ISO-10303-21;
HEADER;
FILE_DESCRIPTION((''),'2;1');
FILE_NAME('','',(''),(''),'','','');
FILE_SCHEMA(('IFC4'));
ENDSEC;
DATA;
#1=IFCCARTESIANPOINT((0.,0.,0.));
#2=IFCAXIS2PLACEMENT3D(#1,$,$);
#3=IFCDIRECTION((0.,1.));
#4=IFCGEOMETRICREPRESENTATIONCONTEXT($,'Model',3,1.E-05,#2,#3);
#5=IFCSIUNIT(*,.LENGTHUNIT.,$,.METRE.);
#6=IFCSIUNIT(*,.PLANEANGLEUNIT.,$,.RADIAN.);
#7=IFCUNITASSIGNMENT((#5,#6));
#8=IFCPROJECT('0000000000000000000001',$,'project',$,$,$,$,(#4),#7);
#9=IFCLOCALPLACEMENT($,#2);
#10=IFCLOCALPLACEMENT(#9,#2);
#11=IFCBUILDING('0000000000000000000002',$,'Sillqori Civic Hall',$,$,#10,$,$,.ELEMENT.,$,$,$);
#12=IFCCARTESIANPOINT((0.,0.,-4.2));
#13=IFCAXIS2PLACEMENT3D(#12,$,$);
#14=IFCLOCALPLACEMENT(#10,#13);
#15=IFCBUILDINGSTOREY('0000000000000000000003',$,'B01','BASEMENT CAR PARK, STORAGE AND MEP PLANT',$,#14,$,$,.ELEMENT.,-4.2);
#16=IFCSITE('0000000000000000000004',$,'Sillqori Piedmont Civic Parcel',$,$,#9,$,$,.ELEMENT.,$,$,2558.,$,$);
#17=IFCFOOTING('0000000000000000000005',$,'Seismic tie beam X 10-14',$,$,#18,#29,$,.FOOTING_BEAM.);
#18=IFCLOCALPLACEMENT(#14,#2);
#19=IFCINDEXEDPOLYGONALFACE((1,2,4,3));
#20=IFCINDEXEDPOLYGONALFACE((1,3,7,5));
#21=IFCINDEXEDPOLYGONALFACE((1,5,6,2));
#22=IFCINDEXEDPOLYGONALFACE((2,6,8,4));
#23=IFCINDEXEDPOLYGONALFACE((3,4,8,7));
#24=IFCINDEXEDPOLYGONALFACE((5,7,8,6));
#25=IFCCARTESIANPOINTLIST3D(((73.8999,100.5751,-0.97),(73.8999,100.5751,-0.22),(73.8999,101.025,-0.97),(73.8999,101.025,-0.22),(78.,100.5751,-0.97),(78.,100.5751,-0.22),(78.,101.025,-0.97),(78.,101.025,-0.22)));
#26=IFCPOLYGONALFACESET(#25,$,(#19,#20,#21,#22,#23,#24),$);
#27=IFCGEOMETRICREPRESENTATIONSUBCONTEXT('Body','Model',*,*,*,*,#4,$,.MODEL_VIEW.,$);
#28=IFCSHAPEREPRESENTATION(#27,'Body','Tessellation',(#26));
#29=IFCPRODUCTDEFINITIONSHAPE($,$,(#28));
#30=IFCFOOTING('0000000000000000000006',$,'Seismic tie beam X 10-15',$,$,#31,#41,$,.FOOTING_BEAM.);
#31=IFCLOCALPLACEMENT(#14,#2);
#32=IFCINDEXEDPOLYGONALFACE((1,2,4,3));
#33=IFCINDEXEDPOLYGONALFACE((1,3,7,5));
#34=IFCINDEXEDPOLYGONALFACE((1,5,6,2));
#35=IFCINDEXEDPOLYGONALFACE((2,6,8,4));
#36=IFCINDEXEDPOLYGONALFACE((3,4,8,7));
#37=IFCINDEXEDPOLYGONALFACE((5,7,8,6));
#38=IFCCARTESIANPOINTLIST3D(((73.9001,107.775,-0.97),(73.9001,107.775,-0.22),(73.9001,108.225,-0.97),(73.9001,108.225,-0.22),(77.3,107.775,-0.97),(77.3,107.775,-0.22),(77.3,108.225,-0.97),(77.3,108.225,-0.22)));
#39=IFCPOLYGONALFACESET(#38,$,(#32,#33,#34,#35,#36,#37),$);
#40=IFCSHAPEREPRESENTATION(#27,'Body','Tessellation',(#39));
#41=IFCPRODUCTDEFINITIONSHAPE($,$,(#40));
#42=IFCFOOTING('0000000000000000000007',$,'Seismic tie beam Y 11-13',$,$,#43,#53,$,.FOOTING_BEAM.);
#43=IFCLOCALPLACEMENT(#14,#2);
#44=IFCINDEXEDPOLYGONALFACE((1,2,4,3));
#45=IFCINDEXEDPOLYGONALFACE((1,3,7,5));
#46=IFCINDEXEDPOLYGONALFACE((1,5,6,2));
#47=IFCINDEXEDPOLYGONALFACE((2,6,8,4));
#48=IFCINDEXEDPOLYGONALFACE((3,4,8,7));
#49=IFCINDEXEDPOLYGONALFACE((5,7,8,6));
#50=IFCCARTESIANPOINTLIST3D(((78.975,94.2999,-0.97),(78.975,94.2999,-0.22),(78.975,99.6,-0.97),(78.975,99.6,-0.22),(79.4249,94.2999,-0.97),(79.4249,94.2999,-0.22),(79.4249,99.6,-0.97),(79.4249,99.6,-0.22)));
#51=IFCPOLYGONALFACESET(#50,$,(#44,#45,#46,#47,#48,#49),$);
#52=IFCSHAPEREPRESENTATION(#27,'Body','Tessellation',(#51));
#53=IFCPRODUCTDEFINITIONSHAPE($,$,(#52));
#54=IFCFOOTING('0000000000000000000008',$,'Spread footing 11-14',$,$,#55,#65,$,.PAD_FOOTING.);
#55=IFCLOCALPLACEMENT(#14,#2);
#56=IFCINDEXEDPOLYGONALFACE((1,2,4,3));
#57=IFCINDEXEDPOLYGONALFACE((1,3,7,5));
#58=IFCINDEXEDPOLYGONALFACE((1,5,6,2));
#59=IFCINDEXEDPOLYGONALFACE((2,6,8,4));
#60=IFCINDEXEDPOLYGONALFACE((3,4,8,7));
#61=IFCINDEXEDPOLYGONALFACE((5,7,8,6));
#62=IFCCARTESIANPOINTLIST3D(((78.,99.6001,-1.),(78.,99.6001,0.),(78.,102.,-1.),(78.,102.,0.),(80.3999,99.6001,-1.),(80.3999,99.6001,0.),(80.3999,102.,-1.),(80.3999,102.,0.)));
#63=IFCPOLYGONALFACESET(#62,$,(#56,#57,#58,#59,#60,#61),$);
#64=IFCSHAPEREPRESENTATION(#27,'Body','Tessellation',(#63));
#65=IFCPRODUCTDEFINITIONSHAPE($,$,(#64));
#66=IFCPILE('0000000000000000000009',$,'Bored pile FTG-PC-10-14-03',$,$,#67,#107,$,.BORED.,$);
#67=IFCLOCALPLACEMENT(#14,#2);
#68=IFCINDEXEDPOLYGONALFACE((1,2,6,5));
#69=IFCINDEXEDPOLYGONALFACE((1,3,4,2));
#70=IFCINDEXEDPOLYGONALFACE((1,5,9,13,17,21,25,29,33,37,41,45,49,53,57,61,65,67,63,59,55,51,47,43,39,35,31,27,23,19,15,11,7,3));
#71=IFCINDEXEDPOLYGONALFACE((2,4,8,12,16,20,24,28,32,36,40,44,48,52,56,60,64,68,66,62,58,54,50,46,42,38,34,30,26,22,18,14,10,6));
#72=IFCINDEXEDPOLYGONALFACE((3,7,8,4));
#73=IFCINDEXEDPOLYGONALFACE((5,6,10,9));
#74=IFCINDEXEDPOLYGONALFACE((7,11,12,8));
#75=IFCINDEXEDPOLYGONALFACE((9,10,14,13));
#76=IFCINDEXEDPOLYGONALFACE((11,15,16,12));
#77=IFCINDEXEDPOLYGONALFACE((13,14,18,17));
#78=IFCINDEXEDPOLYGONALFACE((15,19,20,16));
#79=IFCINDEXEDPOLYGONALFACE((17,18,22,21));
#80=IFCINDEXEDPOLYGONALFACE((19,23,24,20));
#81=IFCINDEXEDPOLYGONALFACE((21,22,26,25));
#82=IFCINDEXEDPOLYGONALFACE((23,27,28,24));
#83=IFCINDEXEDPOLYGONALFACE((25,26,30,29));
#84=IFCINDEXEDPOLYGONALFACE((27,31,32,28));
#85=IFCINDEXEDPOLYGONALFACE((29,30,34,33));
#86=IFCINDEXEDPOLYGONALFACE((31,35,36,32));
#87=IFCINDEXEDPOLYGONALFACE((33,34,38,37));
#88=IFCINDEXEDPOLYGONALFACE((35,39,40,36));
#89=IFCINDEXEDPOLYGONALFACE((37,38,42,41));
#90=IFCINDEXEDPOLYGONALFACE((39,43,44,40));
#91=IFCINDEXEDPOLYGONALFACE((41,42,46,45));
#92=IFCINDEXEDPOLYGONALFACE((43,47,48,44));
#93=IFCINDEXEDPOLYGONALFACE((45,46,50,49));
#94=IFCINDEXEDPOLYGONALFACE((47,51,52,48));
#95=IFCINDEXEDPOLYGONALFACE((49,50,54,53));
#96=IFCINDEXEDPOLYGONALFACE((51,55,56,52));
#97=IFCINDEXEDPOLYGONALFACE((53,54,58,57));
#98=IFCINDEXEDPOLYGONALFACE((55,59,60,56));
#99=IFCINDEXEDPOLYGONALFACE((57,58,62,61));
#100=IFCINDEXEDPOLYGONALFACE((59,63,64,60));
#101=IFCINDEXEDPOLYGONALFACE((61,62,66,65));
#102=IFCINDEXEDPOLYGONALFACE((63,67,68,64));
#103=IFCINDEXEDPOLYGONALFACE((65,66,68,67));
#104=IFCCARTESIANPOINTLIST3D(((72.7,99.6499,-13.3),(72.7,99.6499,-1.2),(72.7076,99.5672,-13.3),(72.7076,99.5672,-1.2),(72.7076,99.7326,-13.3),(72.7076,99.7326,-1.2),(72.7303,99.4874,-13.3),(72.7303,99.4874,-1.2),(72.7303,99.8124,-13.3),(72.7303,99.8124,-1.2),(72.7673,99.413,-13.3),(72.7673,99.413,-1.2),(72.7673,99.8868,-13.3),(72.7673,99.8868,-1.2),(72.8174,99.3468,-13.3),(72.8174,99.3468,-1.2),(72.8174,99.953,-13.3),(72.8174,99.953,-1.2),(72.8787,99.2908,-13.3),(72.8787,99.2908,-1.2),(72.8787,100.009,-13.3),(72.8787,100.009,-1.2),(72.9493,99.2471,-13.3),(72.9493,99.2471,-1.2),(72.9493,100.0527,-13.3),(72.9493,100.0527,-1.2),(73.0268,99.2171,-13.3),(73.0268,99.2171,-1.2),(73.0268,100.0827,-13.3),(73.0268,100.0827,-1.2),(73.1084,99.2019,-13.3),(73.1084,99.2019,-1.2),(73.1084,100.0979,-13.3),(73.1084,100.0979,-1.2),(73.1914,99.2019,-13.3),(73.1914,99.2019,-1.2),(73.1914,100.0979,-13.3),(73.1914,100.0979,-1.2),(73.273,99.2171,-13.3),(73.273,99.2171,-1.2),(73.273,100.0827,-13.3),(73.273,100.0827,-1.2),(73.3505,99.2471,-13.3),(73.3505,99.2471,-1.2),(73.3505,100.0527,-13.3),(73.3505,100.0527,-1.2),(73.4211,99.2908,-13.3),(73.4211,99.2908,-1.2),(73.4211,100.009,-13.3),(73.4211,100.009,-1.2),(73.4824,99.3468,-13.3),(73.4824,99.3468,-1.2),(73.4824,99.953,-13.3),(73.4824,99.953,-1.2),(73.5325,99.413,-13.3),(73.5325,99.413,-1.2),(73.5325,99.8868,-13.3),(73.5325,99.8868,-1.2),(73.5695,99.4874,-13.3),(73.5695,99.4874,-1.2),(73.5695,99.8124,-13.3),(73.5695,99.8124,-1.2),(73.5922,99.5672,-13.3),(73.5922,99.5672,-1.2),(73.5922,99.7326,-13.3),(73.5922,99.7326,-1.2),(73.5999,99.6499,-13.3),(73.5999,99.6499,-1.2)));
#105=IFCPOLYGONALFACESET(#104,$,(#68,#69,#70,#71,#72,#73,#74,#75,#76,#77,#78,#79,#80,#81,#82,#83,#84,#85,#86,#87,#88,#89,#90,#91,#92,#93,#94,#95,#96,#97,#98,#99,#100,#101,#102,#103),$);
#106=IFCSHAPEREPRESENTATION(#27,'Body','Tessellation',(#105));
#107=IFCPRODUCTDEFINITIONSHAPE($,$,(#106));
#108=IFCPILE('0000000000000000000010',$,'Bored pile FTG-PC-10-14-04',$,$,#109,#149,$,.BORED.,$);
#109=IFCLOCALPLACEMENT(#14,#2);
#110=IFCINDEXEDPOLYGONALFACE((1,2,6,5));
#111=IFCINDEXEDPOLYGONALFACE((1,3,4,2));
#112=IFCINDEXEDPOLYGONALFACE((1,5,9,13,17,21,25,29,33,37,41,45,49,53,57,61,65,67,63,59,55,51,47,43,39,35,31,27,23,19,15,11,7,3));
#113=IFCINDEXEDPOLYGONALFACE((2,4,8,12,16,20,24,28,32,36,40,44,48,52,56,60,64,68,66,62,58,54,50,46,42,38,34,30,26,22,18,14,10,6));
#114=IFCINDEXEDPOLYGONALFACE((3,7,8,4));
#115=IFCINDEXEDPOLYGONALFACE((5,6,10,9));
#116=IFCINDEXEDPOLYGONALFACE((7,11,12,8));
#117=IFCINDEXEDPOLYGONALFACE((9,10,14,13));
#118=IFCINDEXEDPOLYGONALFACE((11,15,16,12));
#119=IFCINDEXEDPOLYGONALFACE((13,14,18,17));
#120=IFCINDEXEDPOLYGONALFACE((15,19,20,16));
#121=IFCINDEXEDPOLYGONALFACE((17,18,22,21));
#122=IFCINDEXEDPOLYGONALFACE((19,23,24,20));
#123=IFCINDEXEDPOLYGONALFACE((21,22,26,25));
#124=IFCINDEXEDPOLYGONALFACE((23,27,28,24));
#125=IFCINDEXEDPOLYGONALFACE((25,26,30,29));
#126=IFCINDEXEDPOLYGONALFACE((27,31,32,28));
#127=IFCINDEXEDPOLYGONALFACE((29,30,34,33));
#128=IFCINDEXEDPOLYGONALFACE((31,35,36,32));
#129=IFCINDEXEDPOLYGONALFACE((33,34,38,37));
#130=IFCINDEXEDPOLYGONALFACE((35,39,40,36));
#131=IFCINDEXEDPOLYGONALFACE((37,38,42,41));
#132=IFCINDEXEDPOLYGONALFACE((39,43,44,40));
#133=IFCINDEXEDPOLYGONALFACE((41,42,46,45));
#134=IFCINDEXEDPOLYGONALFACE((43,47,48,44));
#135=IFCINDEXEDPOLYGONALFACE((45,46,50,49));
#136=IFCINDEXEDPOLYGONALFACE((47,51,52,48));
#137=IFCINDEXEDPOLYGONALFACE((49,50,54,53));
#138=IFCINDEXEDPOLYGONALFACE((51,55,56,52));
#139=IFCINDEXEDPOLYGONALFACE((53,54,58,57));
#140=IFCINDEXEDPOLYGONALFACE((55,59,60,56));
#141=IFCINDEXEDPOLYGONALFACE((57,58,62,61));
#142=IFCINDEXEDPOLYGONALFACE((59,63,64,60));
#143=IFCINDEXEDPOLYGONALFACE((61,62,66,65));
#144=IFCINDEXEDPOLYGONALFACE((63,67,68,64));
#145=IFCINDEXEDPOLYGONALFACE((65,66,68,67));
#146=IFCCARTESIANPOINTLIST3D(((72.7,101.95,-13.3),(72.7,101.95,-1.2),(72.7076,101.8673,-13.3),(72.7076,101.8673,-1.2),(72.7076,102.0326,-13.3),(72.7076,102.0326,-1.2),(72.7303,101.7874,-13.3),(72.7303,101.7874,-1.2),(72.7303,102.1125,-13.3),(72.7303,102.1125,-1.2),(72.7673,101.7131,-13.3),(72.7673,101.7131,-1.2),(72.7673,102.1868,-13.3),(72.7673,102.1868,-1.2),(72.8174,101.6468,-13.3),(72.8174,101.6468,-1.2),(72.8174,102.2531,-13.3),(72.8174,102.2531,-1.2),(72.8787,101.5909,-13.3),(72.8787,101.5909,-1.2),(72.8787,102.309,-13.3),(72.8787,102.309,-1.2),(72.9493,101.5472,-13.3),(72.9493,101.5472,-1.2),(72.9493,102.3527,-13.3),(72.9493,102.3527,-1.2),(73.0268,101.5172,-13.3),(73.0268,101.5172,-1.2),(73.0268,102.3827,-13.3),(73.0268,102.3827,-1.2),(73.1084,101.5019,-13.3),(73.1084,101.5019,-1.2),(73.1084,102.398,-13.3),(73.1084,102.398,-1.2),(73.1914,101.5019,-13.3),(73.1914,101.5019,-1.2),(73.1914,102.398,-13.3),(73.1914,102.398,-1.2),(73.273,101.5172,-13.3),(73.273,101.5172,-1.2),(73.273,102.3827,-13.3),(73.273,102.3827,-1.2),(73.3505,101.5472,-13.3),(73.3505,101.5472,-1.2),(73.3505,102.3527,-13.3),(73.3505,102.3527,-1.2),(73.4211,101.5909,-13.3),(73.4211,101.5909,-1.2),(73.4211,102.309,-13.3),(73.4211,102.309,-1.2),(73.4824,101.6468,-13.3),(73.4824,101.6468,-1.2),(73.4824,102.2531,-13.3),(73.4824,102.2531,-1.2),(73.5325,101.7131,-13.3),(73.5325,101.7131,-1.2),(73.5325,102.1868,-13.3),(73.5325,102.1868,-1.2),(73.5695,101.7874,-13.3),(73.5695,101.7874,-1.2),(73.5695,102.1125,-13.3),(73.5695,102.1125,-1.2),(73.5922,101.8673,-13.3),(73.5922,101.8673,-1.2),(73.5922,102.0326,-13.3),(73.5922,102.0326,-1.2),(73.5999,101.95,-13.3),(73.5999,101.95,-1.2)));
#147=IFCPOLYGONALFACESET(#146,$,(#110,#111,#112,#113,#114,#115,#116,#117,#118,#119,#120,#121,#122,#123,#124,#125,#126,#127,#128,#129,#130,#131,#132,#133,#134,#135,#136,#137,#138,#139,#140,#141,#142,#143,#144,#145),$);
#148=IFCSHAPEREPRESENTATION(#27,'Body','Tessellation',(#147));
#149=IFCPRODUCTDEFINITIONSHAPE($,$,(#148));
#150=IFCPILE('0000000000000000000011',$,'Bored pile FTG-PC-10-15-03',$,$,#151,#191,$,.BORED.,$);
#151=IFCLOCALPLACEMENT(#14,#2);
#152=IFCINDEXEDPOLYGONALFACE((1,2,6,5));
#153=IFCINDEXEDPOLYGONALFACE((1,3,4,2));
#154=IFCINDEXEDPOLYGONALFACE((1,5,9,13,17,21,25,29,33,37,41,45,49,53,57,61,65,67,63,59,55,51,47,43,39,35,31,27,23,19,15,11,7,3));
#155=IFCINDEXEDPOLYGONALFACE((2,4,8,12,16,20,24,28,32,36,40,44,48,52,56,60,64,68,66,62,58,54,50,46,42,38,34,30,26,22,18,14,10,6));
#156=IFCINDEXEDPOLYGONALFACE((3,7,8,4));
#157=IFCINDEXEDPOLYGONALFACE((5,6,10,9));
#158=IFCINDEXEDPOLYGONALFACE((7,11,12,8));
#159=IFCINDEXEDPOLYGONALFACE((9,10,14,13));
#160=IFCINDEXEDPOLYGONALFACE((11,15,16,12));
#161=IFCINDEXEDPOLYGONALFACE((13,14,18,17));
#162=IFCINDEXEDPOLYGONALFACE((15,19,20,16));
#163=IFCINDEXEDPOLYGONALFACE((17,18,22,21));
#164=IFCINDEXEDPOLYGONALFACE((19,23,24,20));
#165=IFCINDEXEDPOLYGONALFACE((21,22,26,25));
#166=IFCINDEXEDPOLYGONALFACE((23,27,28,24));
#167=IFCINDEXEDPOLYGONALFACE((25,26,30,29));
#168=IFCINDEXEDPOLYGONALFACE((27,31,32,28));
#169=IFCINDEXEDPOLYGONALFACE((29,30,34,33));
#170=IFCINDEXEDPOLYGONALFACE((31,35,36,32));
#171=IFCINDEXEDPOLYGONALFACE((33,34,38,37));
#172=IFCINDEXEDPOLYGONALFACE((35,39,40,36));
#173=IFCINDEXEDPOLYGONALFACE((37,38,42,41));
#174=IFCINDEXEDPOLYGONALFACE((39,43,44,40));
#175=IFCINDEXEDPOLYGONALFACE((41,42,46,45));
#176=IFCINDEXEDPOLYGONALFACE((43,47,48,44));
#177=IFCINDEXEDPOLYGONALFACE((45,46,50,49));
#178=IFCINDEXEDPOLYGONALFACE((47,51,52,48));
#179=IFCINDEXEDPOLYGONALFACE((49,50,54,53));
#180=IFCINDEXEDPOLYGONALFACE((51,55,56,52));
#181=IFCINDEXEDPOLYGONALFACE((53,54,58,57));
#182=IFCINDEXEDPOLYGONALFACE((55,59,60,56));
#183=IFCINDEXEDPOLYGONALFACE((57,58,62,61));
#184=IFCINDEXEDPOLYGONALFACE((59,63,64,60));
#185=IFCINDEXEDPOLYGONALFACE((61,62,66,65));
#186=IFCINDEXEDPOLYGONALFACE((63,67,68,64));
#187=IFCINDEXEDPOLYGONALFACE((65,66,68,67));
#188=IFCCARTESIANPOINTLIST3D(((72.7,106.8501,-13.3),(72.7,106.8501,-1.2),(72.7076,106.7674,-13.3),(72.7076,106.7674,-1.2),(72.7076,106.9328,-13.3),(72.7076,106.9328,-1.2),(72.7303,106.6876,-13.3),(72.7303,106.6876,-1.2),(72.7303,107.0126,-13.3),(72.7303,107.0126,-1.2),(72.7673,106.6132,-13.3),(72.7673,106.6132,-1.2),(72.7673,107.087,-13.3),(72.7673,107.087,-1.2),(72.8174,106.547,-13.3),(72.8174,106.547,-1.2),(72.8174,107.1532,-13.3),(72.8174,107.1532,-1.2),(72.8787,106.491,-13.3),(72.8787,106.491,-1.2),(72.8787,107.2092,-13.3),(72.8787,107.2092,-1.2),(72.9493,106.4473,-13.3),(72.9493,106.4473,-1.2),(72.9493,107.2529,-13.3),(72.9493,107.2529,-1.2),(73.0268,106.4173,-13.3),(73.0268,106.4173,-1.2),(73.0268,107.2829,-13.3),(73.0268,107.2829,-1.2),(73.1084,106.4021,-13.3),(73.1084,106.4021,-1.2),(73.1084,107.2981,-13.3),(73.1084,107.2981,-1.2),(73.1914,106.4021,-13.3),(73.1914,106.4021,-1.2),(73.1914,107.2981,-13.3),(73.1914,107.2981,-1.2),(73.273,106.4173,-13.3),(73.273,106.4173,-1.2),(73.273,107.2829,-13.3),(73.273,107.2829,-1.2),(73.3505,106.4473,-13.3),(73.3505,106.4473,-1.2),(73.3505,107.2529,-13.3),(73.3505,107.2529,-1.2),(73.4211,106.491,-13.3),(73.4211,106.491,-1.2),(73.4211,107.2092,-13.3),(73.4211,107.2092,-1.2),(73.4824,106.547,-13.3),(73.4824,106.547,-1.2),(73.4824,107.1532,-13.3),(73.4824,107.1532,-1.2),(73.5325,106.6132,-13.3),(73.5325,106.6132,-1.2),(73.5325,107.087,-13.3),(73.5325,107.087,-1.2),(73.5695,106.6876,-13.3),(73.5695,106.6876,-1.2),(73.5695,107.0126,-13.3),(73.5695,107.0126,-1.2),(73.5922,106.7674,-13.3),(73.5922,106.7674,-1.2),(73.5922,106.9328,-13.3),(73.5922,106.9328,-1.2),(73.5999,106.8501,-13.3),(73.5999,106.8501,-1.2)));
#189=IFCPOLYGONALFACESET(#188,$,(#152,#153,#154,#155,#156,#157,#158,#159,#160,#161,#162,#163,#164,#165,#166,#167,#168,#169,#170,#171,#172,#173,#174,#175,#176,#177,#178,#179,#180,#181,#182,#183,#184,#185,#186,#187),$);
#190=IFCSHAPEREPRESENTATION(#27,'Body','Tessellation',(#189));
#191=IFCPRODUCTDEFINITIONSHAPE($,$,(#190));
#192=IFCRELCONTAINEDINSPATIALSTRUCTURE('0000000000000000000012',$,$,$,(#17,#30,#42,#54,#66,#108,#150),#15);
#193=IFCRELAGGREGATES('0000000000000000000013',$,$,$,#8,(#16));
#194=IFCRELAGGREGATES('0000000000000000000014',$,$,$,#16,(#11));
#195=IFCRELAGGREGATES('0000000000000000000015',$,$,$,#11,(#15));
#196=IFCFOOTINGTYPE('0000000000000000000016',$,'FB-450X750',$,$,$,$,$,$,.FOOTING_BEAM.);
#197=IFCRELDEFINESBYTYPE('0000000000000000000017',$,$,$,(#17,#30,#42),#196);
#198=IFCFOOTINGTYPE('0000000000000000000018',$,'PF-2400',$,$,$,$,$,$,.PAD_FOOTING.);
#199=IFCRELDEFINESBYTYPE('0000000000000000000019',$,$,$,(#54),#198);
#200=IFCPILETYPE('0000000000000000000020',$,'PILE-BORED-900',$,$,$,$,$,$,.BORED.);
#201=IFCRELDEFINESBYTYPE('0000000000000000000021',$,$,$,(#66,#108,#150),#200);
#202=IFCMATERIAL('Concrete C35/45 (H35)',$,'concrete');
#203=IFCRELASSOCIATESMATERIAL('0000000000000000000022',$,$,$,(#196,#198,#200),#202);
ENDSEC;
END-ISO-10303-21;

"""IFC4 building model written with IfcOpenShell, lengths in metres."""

from ifc_helpers import new_model, si_unit, direction, frame, origin, origin_2d, place, context, subcontext, project, spatial, rectangle, circle, extrude, material, material_profile, profile_set, type_object, element, save


model = new_model("IFC4")

# Units and contexts
model_context = context("Model", 3, precision=1e-05, world=origin(), true_north=direction((0.0, 1.0)))
body_context = subcontext(model_context, "Body", "Model", "MODEL_VIEW")
ifc_project = project(units=[si_unit("LENGTHUNIT", "METRE"), si_unit("PLANEANGLEUNIT", "RADIAN")], contexts=[model_context])

# Site, building, storey
site_placement = place(None, origin())
site = spatial("IfcSite", under=ifc_project, at=site_placement, Name="Sillqori Piedmont Civic Parcel", CompositionType="ELEMENT", RefElevation=2558.0)
building_placement = place(site_placement, origin())
building = spatial("IfcBuilding", under=site, at=building_placement, Name="Sillqori Civic Hall", CompositionType="ELEMENT")
storey_placement = place(building_placement, frame((0.0, 0.0, -4.2)))
storey = spatial("IfcBuildingStorey", under=building, at=storey_placement, Name="B01", Description="BASEMENT CAR PARK, STORAGE AND MEP PLANT", CompositionType="ELEMENT", Elevation=-4.2)

# Footings
ifc_material_1 = material(Name="Concrete C35/45 (H35)", Category="concrete")
footing_type_1 = type_object("IfcFootingType", Name="FB-450X750", PredefinedType="FOOTING_BEAM", material=ifc_material_1)
footing_1_placement = place(storey_placement, frame((75.95, 100.8, -0.97), z_axis=(0.0, 0.0, 1.0), x_axis=(1.0, 0.0, 0.0)))
element("IfcFooting", 1, at=footing_1_placement, inside=storey, type_object=footing_type_1, Name="Seismic tie beam X 10-14", PredefinedType="FOOTING_BEAM", context=body_context, shape_type="SweptSolid", body=[
    extrude(rectangle(XDim=4.1001, YDim=0.45, at=origin_2d()), origin(), (0.0, 0.0, 1.0), 0.75),
])
footing_2_placement = place(storey_placement, frame((75.6001, 108.0, -0.97), z_axis=(0.0, 0.0, 1.0), x_axis=(1.0, 0.0, 0.0)))
element("IfcFooting", 2, at=footing_2_placement, inside=storey, type_object=footing_type_1, Name="Seismic tie beam X 10-15", PredefinedType="FOOTING_BEAM", context=body_context, shape_type="SweptSolid", body=[
    extrude(rectangle(XDim=3.3999, YDim=0.45, at=origin_2d()), origin(), (0.0, 0.0, 1.0), 0.75),
])
footing_3_placement = place(storey_placement, frame((79.2, 96.95, -0.97), z_axis=(0.0, 0.0, 1.0), x_axis=(1.0, 0.0, 0.0)))
element("IfcFooting", 3, at=footing_3_placement, inside=storey, type_object=footing_type_1, Name="Seismic tie beam Y 11-13", PredefinedType="FOOTING_BEAM", context=body_context, shape_type="SweptSolid", body=[
    extrude(rectangle(XDim=0.45, YDim=5.3, at=origin_2d()), origin(), (0.0, 0.0, 1.0), 0.75),
])
footing_type_2 = type_object("IfcFootingType", Name="PF-2400", PredefinedType="PAD_FOOTING", material=ifc_material_1)
footing_4_placement = place(storey_placement, frame((79.2, 100.8, -1.0), z_axis=(0.0, 0.0, 1.0), x_axis=(1.0, 0.0, 0.0)))
element("IfcFooting", 4, at=footing_4_placement, inside=storey, type_object=footing_type_2, Name="Spread footing 11-14", PredefinedType="PAD_FOOTING", context=body_context, shape_type="SweptSolid", body=[
    extrude(rectangle(XDim=2.3999, YDim=2.3999, at=origin_2d()), origin(), (0.0, 0.0, 1.0), 1.0),
])

# Piles
ifc_material_profile_1 = material_profile(ifc_material_1, circle(Radius=0.45, at=origin_2d()), Name="BORED PILE 900")
ifc_profile_set_1 = profile_set([ifc_material_profile_1], Name="Concrete C35/45 (H35)")
pile_type = type_object("IfcPileType", Name="PILE-BORED-900", PredefinedType="BORED", material=ifc_profile_set_1)
for number, where, z_axis, x_axis, name in (
    (5, (73.1499, 99.6499, -1.2), (0.0, 0.0, -1.0), (1.0, 0.0, 0.0), "Bored pile FTG-PC-10-14-03"),
    (6, (73.1499, 101.95, -1.2), (0.0, 0.0, -1.0), (1.0, 0.0, 0.0), "Bored pile FTG-PC-10-14-04"),
    (7, (73.1499, 106.8501, -1.2), (0.0, 0.0, -1.0), (1.0, 0.0, 0.0), "Bored pile FTG-PC-10-15-03"),
):
    element("IfcPile", number, at=place(storey_placement, frame(where, z_axis=z_axis, x_axis=x_axis)), inside=storey, type_object=pile_type, Name=name, PredefinedType="BORED", context=body_context, shape_type="SweptSolid", body=[
        extrude(circle(Radius=0.45, at=origin_2d()), origin(), (0.0, 0.0, 1.0), 12.1001),
    ])

save(model, "model.ifc")
